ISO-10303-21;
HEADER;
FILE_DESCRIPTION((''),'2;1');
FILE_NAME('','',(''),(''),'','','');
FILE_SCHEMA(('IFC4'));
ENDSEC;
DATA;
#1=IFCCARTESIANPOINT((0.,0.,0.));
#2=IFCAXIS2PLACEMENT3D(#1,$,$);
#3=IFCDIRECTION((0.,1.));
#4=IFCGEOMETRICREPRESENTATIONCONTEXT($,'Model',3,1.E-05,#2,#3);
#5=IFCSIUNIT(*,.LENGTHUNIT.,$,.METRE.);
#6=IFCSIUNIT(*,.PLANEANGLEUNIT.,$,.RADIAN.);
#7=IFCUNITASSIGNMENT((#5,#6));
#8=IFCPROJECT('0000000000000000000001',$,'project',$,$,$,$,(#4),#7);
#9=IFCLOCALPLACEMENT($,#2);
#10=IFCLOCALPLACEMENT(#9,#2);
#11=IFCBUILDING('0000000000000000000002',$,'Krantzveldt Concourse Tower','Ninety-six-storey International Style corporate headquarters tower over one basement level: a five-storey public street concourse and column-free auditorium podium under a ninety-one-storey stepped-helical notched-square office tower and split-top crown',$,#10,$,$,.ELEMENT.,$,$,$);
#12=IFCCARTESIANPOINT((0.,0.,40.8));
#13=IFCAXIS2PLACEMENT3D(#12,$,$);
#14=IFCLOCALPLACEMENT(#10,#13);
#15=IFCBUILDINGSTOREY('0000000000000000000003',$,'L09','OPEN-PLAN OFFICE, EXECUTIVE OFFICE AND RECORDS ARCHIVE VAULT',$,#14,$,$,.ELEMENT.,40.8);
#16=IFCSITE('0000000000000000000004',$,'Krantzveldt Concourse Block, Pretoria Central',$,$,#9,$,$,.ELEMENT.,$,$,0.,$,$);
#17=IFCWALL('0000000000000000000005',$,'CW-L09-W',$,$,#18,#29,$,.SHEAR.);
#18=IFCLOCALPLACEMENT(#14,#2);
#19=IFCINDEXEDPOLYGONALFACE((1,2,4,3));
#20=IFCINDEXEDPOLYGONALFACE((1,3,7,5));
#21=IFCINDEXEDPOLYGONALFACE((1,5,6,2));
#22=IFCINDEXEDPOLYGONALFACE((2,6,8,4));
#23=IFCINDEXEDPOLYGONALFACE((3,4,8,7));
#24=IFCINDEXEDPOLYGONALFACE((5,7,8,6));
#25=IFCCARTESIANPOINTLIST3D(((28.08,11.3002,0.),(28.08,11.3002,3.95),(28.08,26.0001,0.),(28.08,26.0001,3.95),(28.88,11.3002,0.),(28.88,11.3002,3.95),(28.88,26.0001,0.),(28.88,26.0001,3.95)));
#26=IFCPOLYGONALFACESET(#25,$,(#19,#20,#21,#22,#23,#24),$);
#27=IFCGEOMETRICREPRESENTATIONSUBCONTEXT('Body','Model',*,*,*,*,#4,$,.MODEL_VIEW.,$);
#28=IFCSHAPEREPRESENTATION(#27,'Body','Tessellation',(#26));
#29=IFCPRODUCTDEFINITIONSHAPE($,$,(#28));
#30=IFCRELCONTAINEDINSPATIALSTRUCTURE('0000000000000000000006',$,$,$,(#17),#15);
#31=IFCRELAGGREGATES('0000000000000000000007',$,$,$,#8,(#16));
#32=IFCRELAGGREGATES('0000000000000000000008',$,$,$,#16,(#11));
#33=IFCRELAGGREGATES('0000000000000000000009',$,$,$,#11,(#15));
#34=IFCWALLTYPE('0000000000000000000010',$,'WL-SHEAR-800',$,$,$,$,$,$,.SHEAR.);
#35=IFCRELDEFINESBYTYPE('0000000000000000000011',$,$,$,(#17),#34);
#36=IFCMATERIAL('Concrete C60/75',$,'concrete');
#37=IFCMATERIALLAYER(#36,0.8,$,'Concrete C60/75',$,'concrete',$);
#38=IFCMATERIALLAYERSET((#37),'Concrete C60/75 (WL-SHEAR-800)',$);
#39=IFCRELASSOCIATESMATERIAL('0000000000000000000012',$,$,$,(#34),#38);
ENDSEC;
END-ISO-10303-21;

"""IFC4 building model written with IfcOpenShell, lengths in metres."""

from ifc_helpers import new_model, si_unit, direction, frame, frame_2d, origin, place, context, subcontext, project, spatial, rectangle, extrude, material, layer, layer_set, type_object, element, save


model = new_model("IFC4")

# Units and contexts
model_context = context("Model", 3, precision=1e-05, world=origin(), true_north=direction((0.0, 1.0)))
body_context = subcontext(model_context, "Body", "Model", "MODEL_VIEW")
ifc_project = project(units=[si_unit("LENGTHUNIT", "METRE"), si_unit("PLANEANGLEUNIT", "RADIAN")], contexts=[model_context])

# Site, building, storey
site_placement = place(None, origin())
site = spatial("IfcSite", under=ifc_project, at=site_placement, Name="Krantzveldt Concourse Block, Pretoria Central", CompositionType="ELEMENT", RefElevation=0.0)
building_placement = place(site_placement, origin())
building = spatial("IfcBuilding", under=site, at=building_placement, Name="Krantzveldt Concourse Tower", Description="Ninety-six-storey International Style corporate headquarters tower over one basement level: a five-storey public street concourse and column-free auditorium podium under a ninety-one-storey stepped-helical notched-square office tower and split-top crown", CompositionType="ELEMENT")
storey_placement = place(building_placement, frame((0.0, 0.0, 40.8)))
storey = spatial("IfcBuildingStorey", under=building, at=storey_placement, Name="L09", Description="OPEN-PLAN OFFICE, EXECUTIVE OFFICE AND RECORDS ARCHIVE VAULT", CompositionType="ELEMENT", Elevation=40.8)

# Wall
ifc_material_1 = material(Name="Concrete C60/75", Category="concrete")
ifc_layer_1 = layer(ifc_material_1, 0.8, Name="Concrete C60/75", Category="concrete")
ifc_layer_set_1 = layer_set([ifc_layer_1], Name="Concrete C60/75 (WL-SHEAR-800)")
wall_type_1 = type_object("IfcWallType", Name="WL-SHEAR-800", PredefinedType="SHEAR", material=ifc_layer_set_1)
wall_1_placement = place(storey_placement, frame((28.48, 11.3, 0.0), z_axis=(0.0, 0.0, 1.0), x_axis=(0.0, 1.0, 0.0)))
element("IfcWall", 1, at=wall_1_placement, inside=storey, type_object=wall_type_1, Name="CW-L09-W", PredefinedType="SHEAR", context=body_context, shape_type="SweptSolid", body=[
    extrude(rectangle(XDim=14.7, YDim=0.8, at=frame_2d((7.3501, 0.0))), origin(), (0.0, 0.0, 1.0), 3.95),
])

save(model, "model.ifc")
